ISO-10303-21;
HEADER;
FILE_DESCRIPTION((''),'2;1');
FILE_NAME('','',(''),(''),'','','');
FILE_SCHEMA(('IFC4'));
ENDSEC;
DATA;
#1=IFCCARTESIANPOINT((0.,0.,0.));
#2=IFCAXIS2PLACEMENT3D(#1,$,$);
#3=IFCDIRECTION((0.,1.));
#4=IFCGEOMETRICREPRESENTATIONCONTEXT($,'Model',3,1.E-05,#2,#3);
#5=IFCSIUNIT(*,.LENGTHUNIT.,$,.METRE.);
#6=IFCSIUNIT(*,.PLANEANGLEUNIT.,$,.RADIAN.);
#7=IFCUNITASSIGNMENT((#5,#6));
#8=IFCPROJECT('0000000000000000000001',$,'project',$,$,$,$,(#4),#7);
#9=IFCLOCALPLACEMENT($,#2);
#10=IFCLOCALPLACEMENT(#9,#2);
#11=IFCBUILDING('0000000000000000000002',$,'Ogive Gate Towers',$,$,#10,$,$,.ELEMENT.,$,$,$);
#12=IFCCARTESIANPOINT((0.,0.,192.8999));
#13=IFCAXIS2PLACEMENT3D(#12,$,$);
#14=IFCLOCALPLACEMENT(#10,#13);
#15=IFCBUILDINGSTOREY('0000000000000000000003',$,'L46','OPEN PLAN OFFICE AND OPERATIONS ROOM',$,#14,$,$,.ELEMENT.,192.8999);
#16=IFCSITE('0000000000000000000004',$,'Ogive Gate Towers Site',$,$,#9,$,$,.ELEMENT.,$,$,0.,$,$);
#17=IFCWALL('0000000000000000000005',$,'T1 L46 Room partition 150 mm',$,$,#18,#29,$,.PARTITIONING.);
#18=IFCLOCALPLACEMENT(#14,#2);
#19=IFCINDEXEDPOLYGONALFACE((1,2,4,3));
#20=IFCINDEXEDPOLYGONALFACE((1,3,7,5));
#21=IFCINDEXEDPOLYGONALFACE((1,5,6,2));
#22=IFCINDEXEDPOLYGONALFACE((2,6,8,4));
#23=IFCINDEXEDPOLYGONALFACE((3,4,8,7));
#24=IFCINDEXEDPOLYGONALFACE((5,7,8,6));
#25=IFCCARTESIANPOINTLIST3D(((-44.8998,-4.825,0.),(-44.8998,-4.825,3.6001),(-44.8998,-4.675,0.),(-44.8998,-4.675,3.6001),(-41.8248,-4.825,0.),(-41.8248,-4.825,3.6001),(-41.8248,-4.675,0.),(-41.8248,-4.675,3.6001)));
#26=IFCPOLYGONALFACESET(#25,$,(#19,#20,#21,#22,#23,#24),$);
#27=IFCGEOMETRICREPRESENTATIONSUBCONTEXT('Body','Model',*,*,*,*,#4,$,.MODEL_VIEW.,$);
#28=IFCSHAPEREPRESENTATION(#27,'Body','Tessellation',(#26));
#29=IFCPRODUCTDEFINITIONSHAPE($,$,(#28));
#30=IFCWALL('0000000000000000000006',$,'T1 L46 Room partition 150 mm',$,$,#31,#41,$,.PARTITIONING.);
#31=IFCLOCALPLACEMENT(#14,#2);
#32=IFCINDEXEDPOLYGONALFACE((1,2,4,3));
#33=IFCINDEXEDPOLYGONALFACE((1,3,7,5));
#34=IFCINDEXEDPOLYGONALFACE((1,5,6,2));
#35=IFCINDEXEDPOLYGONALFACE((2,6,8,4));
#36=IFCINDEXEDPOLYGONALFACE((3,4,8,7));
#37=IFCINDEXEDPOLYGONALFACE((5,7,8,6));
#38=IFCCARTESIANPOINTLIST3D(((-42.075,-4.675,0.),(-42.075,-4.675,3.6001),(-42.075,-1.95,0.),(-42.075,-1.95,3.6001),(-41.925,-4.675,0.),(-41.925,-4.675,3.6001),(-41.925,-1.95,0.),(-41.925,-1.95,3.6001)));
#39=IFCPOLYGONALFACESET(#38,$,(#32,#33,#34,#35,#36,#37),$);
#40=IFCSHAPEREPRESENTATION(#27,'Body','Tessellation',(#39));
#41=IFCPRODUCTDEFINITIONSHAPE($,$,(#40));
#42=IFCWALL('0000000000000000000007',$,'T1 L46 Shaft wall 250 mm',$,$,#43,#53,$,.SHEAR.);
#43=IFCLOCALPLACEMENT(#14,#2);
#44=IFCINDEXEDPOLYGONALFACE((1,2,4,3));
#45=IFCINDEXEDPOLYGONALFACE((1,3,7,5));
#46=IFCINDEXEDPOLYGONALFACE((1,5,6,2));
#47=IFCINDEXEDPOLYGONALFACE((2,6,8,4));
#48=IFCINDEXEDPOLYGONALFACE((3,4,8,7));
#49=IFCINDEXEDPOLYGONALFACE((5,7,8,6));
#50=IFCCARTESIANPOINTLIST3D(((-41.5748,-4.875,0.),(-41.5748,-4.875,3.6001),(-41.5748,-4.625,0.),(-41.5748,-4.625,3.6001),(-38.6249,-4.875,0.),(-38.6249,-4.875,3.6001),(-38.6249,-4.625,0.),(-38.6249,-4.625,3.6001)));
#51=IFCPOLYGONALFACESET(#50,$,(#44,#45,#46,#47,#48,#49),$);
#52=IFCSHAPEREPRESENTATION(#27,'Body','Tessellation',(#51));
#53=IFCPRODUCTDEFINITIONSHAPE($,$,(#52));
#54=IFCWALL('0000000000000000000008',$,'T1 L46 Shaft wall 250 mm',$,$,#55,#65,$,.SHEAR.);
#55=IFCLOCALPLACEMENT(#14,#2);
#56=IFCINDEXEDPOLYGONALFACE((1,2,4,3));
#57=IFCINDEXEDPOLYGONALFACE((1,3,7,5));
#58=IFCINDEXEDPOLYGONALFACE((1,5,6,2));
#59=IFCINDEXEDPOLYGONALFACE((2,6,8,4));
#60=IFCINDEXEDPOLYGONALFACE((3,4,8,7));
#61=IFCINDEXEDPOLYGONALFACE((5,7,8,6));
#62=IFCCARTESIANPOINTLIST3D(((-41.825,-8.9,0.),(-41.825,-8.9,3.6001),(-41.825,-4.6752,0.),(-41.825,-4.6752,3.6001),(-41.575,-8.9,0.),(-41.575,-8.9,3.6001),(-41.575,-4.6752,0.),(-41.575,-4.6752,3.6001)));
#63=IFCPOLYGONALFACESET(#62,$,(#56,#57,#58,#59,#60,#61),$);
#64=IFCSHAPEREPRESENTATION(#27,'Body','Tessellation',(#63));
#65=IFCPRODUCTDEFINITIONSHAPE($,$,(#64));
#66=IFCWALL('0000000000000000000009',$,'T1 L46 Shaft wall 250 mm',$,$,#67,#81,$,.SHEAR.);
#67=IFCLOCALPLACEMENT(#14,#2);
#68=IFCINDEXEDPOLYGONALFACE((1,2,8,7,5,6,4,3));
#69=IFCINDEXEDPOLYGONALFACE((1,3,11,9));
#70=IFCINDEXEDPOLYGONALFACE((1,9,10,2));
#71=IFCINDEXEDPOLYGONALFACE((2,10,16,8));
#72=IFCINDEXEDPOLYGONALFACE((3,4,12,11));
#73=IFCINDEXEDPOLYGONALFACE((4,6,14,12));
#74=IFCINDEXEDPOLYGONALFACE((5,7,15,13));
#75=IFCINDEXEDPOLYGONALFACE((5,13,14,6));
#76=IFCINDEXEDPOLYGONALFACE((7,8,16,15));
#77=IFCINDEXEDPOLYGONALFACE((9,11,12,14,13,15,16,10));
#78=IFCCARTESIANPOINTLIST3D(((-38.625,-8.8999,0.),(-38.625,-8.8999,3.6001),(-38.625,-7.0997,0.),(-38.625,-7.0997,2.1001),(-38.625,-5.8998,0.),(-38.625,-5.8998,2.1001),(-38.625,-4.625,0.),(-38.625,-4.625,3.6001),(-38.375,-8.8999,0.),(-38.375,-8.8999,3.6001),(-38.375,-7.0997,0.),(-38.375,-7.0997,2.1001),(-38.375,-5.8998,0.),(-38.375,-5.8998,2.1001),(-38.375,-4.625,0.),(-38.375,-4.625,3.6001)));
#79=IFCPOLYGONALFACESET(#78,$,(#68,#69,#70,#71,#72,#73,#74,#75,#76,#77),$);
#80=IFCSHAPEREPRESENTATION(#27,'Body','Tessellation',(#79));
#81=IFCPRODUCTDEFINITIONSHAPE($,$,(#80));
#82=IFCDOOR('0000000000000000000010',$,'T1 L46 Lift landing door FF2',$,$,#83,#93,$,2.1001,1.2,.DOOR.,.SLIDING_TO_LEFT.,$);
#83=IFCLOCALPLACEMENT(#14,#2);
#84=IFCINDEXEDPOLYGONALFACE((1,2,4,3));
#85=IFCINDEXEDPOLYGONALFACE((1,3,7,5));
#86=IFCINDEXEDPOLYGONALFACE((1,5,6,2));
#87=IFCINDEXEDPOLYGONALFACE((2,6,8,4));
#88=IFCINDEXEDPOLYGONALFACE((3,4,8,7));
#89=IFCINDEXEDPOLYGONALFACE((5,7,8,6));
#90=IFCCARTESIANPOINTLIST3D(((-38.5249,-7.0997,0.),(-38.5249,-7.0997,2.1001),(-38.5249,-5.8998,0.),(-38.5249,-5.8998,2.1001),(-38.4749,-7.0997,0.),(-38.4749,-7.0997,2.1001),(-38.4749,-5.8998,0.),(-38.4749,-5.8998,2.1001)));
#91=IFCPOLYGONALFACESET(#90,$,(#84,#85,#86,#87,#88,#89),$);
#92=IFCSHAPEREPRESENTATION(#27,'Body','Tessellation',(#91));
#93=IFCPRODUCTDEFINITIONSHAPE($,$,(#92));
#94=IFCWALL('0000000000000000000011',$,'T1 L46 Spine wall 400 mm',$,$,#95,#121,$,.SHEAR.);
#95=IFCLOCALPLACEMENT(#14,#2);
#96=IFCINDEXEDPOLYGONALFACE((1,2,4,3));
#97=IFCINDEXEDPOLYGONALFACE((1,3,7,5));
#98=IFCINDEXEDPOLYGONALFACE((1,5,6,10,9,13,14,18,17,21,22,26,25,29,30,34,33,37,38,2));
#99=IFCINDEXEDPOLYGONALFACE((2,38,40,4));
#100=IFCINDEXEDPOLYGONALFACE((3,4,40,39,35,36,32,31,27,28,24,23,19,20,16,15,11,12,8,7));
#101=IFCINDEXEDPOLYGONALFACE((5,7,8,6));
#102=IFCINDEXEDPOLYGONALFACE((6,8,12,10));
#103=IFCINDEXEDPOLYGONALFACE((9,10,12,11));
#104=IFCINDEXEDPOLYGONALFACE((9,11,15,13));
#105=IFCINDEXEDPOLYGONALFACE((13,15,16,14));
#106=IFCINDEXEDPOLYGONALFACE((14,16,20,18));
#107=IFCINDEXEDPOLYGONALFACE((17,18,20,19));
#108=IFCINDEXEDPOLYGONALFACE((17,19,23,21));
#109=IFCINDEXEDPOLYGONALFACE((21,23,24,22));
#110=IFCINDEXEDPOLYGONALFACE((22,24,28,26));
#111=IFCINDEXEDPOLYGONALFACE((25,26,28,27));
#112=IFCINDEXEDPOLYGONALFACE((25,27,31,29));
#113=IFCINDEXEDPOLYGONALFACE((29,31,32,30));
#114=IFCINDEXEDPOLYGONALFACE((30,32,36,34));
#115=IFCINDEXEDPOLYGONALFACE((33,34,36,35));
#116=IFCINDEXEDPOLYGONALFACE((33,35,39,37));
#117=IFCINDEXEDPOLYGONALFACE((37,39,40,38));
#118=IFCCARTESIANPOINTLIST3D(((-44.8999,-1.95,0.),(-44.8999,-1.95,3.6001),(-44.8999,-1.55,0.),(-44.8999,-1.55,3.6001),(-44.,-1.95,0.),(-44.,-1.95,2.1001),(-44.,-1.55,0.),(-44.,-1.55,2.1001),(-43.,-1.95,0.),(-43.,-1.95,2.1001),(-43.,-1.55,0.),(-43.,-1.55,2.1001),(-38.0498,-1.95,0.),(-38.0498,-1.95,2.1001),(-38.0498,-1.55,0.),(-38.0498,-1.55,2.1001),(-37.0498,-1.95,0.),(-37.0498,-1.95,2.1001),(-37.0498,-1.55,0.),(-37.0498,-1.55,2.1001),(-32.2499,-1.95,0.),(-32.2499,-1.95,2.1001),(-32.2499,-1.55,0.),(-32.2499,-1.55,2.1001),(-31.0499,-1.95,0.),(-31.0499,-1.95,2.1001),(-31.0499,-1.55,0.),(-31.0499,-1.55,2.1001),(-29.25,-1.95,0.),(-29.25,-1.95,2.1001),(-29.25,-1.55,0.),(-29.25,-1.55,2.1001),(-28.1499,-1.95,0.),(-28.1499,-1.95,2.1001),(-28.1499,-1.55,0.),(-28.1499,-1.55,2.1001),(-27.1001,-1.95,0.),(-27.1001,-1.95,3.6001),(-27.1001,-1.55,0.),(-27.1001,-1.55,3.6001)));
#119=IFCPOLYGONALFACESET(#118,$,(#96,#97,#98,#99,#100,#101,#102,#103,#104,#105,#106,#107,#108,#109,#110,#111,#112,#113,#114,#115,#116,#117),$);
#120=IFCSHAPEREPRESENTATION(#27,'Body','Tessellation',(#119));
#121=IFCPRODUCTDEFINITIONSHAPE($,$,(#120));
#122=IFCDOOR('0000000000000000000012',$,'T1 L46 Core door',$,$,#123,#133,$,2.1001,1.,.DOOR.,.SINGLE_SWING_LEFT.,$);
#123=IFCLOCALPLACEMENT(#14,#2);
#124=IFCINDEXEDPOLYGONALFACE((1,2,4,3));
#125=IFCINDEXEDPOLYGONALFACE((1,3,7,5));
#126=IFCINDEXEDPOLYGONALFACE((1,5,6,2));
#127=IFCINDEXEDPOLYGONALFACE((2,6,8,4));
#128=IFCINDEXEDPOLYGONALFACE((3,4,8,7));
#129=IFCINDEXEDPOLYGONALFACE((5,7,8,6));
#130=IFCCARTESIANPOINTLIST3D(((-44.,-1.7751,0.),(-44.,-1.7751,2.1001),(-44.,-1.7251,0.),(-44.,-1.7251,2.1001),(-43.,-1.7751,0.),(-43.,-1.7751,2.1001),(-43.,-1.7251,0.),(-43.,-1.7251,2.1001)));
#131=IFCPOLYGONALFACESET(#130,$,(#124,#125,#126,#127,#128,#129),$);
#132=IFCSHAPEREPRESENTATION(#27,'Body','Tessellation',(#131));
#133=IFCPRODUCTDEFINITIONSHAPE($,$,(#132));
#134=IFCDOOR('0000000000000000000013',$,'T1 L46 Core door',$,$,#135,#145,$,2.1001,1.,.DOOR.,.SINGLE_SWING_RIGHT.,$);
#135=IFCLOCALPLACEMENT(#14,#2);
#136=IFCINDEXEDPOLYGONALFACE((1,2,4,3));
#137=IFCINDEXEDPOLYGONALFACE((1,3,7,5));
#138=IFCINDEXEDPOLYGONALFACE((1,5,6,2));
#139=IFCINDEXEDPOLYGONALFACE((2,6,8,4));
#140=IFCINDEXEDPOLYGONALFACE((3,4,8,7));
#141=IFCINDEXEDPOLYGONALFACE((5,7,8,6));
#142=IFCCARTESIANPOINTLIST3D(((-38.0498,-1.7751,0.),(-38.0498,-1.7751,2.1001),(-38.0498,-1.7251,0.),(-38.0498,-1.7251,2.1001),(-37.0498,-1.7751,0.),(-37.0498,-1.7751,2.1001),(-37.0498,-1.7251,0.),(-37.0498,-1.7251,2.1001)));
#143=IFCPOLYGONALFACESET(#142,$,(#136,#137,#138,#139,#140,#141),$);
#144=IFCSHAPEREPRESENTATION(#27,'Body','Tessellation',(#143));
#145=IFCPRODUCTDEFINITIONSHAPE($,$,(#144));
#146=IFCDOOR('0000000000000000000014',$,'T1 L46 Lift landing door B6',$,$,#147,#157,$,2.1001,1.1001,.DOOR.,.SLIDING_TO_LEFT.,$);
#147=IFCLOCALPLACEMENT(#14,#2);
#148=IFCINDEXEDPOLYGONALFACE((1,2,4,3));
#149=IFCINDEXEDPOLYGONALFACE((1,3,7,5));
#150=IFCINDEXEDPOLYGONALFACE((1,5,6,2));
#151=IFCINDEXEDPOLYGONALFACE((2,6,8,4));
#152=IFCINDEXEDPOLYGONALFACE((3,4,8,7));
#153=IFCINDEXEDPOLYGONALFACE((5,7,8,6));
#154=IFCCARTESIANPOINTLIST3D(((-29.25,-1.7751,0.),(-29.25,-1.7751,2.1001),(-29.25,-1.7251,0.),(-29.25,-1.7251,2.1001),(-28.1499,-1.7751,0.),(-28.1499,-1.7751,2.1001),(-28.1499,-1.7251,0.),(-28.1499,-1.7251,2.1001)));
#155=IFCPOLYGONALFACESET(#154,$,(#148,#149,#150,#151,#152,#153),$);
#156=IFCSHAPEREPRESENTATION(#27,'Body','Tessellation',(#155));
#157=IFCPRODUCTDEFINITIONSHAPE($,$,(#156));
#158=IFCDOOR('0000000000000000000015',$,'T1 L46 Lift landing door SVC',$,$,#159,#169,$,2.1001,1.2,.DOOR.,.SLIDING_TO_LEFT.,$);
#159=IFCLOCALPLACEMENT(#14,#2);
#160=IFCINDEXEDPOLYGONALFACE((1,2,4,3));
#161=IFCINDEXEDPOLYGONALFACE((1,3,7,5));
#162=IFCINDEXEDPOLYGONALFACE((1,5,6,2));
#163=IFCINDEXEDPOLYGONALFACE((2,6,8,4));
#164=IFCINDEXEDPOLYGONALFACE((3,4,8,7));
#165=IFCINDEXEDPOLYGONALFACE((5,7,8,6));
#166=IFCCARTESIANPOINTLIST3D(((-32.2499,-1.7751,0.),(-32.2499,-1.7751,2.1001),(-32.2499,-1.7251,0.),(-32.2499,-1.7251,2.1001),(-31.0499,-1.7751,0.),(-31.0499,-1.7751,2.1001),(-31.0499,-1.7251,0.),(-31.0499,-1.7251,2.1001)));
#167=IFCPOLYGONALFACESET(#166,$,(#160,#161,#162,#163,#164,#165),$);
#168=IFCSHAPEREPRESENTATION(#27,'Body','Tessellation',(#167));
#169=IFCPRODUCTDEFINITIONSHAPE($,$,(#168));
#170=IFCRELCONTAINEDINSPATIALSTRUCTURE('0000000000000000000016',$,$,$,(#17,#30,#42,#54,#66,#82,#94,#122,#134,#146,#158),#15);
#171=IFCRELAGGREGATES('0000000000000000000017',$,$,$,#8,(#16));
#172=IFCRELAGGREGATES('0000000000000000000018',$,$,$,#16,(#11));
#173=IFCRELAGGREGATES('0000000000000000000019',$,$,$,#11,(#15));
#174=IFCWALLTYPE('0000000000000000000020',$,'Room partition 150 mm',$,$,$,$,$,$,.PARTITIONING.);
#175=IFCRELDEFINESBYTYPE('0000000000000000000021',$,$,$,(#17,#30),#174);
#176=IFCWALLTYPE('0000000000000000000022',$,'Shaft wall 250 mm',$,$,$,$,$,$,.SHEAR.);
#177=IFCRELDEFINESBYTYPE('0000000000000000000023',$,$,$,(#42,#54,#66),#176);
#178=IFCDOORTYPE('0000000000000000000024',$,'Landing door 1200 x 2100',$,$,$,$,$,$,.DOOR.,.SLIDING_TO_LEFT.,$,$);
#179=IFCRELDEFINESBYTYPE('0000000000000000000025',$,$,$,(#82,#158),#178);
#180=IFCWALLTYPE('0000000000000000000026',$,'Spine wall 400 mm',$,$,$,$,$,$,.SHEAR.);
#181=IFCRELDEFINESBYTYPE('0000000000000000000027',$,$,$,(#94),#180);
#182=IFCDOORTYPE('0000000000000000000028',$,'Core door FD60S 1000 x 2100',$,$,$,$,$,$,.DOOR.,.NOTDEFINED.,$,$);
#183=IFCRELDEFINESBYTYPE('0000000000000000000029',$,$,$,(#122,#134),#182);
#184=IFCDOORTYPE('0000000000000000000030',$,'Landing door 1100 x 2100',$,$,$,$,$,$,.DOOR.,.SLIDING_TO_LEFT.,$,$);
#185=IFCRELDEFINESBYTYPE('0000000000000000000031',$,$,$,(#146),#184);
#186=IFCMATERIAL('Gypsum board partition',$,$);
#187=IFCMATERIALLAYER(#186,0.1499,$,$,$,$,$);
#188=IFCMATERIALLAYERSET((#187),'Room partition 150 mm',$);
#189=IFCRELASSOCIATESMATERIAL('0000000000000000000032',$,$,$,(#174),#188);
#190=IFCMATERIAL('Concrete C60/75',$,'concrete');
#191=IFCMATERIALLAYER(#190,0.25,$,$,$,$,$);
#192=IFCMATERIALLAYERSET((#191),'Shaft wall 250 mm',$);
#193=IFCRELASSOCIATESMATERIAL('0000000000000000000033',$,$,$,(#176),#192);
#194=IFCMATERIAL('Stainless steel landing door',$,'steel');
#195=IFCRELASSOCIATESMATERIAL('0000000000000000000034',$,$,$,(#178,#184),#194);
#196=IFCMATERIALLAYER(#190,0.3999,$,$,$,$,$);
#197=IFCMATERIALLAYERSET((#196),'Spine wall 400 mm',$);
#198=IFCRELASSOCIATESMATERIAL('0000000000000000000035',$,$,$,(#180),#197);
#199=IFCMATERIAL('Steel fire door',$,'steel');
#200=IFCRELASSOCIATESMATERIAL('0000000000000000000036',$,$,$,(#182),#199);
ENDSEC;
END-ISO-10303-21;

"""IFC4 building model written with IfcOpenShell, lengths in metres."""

from ifc_helpers import new_model, si_unit, direction, frame, frame_2d, origin, place, context, subcontext, project, spatial, rectangle, extrude, material, layer, layer_set, type_object, element, fill, save


model = new_model("IFC4")

# Units and contexts
model_context = context("Model", 3, precision=1e-05, world=origin(), true_north=direction((0.0, 1.0)))
body_context = subcontext(model_context, "Body", "Model", "MODEL_VIEW")
ifc_project = project(units=[si_unit("LENGTHUNIT", "METRE"), si_unit("PLANEANGLEUNIT", "RADIAN")], contexts=[model_context])

# Site, building, storey
site_placement = place(None, origin())
site = spatial("IfcSite", under=ifc_project, at=site_placement, Name="Ogive Gate Towers Site", CompositionType="ELEMENT", RefElevation=0.0)
building_placement = place(site_placement, origin())
building = spatial("IfcBuilding", under=site, at=building_placement, Name="Ogive Gate Towers", CompositionType="ELEMENT")
storey_placement = place(building_placement, frame((0.0, 0.0, 192.8999)))
storey = spatial("IfcBuildingStorey", under=building, at=storey_placement, Name="L46", Description="OPEN PLAN OFFICE AND OPERATIONS ROOM", CompositionType="ELEMENT", Elevation=192.8999)

# Shared definitions
ifc_material_1 = material(Name="Gypsum board partition")

# Walls
ifc_layer_1 = layer(ifc_material_1, 0.1499)
ifc_layer_set_1 = layer_set([ifc_layer_1], Name="Room partition 150 mm")
wall_type_1 = type_object("IfcWallType", Name="Room partition 150 mm", PredefinedType="PARTITIONING", material=ifc_layer_set_1)
wall_1_placement = place(storey_placement, frame((-44.8999, -4.75, 0.0), z_axis=(0.0, 0.0, 1.0), x_axis=(1.0, 0.0, 0.0)))
element("IfcWall", 1, at=wall_1_placement, inside=storey, type_object=wall_type_1, Name="T1 L46 Room partition 150 mm", PredefinedType="PARTITIONING", context=body_context, shape_type="SweptSolid", body=[
    extrude(rectangle(XDim=3.075, YDim=0.1499, at=frame_2d((1.5376, 0.0))), origin(), (0.0, 0.0, 1.0), 3.6001),
])
wall_2_placement = place(storey_placement, frame((-42.0, -4.675, 0.0), z_axis=(0.0, 0.0, 1.0), x_axis=(0.0, 1.0, 0.0)))
element("IfcWall", 2, at=wall_2_placement, inside=storey, type_object=wall_type_1, Name="T1 L46 Room partition 150 mm", PredefinedType="PARTITIONING", context=body_context, shape_type="SweptSolid", body=[
    extrude(rectangle(XDim=2.7251, YDim=0.1499, at=frame_2d((1.3625, 0.0))), origin(), (0.0, 0.0, 1.0), 3.6001),
])
ifc_material_2 = material(Name="Concrete C60/75", Category="concrete")
ifc_layer_2 = layer(ifc_material_2, 0.25)
ifc_layer_set_2 = layer_set([ifc_layer_2], Name="Shaft wall 250 mm")
wall_type_2 = type_object("IfcWallType", Name="Shaft wall 250 mm", PredefinedType="SHEAR", material=ifc_layer_set_2)
wall_3_placement = place(storey_placement, frame((-41.575, -4.75, 0.0), z_axis=(0.0, 0.0, 1.0), x_axis=(1.0, 0.0, 0.0)))
element("IfcWall", 3, at=wall_3_placement, inside=storey, type_object=wall_type_2, Name="T1 L46 Shaft wall 250 mm", PredefinedType="SHEAR", context=body_context, shape_type="SweptSolid", body=[
    extrude(rectangle(XDim=2.95, YDim=0.25, at=frame_2d((1.4751, 0.0))), origin(), (0.0, 0.0, 1.0), 3.6001),
])
wall_4_placement = place(storey_placement, frame((-41.7, -8.8999, 0.0), z_axis=(0.0, 0.0, 1.0), x_axis=(0.0, 1.0, 0.0)))
element("IfcWall", 4, at=wall_4_placement, inside=storey, type_object=wall_type_2, Name="T1 L46 Shaft wall 250 mm", PredefinedType="SHEAR", context=body_context, shape_type="SweptSolid", body=[
    extrude(rectangle(XDim=4.2249, YDim=0.25, at=frame_2d((2.1123, 0.0))), origin(), (0.0, 0.0, 1.0), 3.6001),
])

# Wall, opening, door
wall_5_placement = place(storey_placement, frame((-38.5, -8.8999, 0.0), z_axis=(0.0, 0.0, 1.0), x_axis=(0.0, 1.0, 0.0)))
wall_5 = element("IfcWall", 5, at=wall_5_placement, inside=storey, type_object=wall_type_2, Name="T1 L46 Shaft wall 250 mm", PredefinedType="SHEAR", context=body_context, shape_type="SweptSolid", body=[
    extrude(rectangle(XDim=4.2749, YDim=0.25, at=frame_2d((2.1375, 0.0))), origin(), (0.0, 0.0, 1.0), 3.6001),
])
opening_1_placement = place(wall_5_placement, frame((1.8, 0.0, 0.0)))
opening_1 = element("IfcOpeningElement", 6, at=opening_1_placement, cuts=wall_5, PredefinedType="OPENING", context=body_context, shape_type="SweptSolid", body=[
    extrude(rectangle(XDim=1.2, YDim=2.1001, at=frame_2d((0.6001, 1.05))), frame((0.0, 0.135, 0.0), z_axis=(0.0, -1.0, 0.0), x_axis=(1.0, 0.0, 0.0)), (0.0, 0.0, 1.0), 0.27),
])
ifc_material_3 = material(Name="Stainless steel landing door", Category="steel")
door_type_1 = type_object("IfcDoorType", Name="Landing door 1200 x 2100", OperationType="SLIDING_TO_LEFT", PredefinedType="DOOR", material=ifc_material_3)
door_1_placement = place(opening_1_placement, origin())
door_1 = element("IfcDoor", 7, at=door_1_placement, inside=storey, type_object=door_type_1, Name="T1 L46 Lift landing door FF2", OperationType="SLIDING_TO_LEFT", OverallHeight=2.1001, OverallWidth=1.2, PredefinedType="DOOR", context=body_context, shape_type="SweptSolid", body=[
    extrude(rectangle(XDim=1.2, YDim=2.1001, at=frame_2d((0.6001, 1.05))), frame((0.0, 0.0249, 0.0), z_axis=(0.0, -1.0, 0.0), x_axis=(1.0, 0.0, 0.0)), (0.0, 0.0, 1.0), 0.05),
])
fill(opening_1, door_1)

# Wall, openings, doors
ifc_layer_3 = layer(ifc_material_2, 0.3999)
ifc_layer_set_3 = layer_set([ifc_layer_3], Name="Spine wall 400 mm")
wall_type_3 = type_object("IfcWallType", Name="Spine wall 400 mm", PredefinedType="SHEAR", material=ifc_layer_set_3)
wall_6_placement = place(storey_placement, frame((-44.8999, -1.75, 0.0), z_axis=(0.0, 0.0, 1.0), x_axis=(1.0, 0.0, 0.0)))
wall_6 = element("IfcWall", 8, at=wall_6_placement, inside=storey, type_object=wall_type_3, Name="T1 L46 Spine wall 400 mm", PredefinedType="SHEAR", context=body_context, shape_type="SweptSolid", body=[
    extrude(rectangle(XDim=17.7998, YDim=0.3999, at=frame_2d((8.8999, 0.0))), origin(), (0.0, 0.0, 1.0), 3.6001),
])
opening_2_placement = place(wall_6_placement, frame((12.6499, 0.0, 0.0)))
opening_2 = element("IfcOpeningElement", 9, at=opening_2_placement, cuts=wall_6, PredefinedType="OPENING", context=body_context, shape_type="SweptSolid", body=[
    extrude(rectangle(XDim=1.2, YDim=2.1001, at=frame_2d((0.6001, 1.05))), frame((0.0, 0.21, 0.0), z_axis=(0.0, -1.0, 0.0), x_axis=(1.0, 0.0, 0.0)), (0.0, 0.0, 1.0), 0.4199),
])
opening_3_placement = place(wall_6_placement, frame((15.6499, 0.0, 0.0)))
opening_3 = element("IfcOpeningElement", 10, at=opening_3_placement, cuts=wall_6, PredefinedType="OPENING", context=body_context, shape_type="SweptSolid", body=[
    extrude(rectangle(XDim=1.1001, YDim=2.1001, at=frame_2d((0.55, 1.05))), frame((0.0, 0.21, 0.0), z_axis=(0.0, -1.0, 0.0), x_axis=(1.0, 0.0, 0.0)), (0.0, 0.0, 1.0), 0.4199),
])
opening_4_placement = place(wall_6_placement, frame((0.8999, 0.0, 0.0)))
opening_4 = element("IfcOpeningElement", 11, at=opening_4_placement, cuts=wall_6, PredefinedType="OPENING", context=body_context, shape_type="SweptSolid", body=[
    extrude(rectangle(XDim=1.0, YDim=2.1001, at=frame_2d((0.5, 1.05))), frame((0.0, 0.21, 0.0), z_axis=(0.0, -1.0, 0.0), x_axis=(1.0, 0.0, 0.0)), (0.0, 0.0, 1.0), 0.4199),
])
opening_5_placement = place(wall_6_placement, frame((6.8501, 0.0, 0.0)))
opening_5 = element("IfcOpeningElement", 12, at=opening_5_placement, cuts=wall_6, PredefinedType="OPENING", context=body_context, shape_type="SweptSolid", body=[
    extrude(rectangle(XDim=1.0, YDim=2.1001, at=frame_2d((0.5, 1.05))), frame((0.0, 0.21, 0.0), z_axis=(0.0, -1.0, 0.0), x_axis=(1.0, 0.0, 0.0)), (0.0, 0.0, 1.0), 0.4199),
])
ifc_material_4 = material(Name="Steel fire door", Category="steel")
door_type_2 = type_object("IfcDoorType", Name="Core door FD60S 1000 x 2100", OperationType="NOTDEFINED", PredefinedType="DOOR", material=ifc_material_4)
door_2_placement = place(opening_4_placement, origin())
door_2 = element("IfcDoor", 13, at=door_2_placement, inside=storey, type_object=door_type_2, Name="T1 L46 Core door", OperationType="SINGLE_SWING_LEFT", OverallHeight=2.1001, OverallWidth=1.0, PredefinedType="DOOR", context=body_context, shape_type="SweptSolid", body=[
    extrude(rectangle(XDim=1.0, YDim=2.1001, at=frame_2d((0.5, 1.05))), frame((0.0, 0.0249, 0.0), z_axis=(0.0, -1.0, 0.0), x_axis=(1.0, 0.0, 0.0)), (0.0, 0.0, 1.0), 0.05),
])
fill(opening_4, door_2)
door_3_placement = place(opening_5_placement, origin())
door_3 = element("IfcDoor", 14, at=door_3_placement, inside=storey, type_object=door_type_2, Name="T1 L46 Core door", OperationType="SINGLE_SWING_RIGHT", OverallHeight=2.1001, OverallWidth=1.0, PredefinedType="DOOR", context=body_context, shape_type="SweptSolid", body=[
    extrude(rectangle(XDim=1.0, YDim=2.1001, at=frame_2d((0.5, 1.05))), frame((0.0, 0.0249, 0.0), z_axis=(0.0, -1.0, 0.0), x_axis=(1.0, 0.0, 0.0)), (0.0, 0.0, 1.0), 0.05),
])
fill(opening_5, door_3)
door_type_3 = type_object("IfcDoorType", Name="Landing door 1100 x 2100", OperationType="SLIDING_TO_LEFT", PredefinedType="DOOR", material=ifc_material_3)
door_4_placement = place(opening_3_placement, origin())
door_4 = element("IfcDoor", 15, at=door_4_placement, inside=storey, type_object=door_type_3, Name="T1 L46 Lift landing door B6", OperationType="SLIDING_TO_LEFT", OverallHeight=2.1001, OverallWidth=1.1001, PredefinedType="DOOR", context=body_context, shape_type="SweptSolid", body=[
    extrude(rectangle(XDim=1.1001, YDim=2.1001, at=frame_2d((0.55, 1.05))), frame((0.0, 0.0249, 0.0), z_axis=(0.0, -1.0, 0.0), x_axis=(1.0, 0.0, 0.0)), (0.0, 0.0, 1.0), 0.05),
])
fill(opening_3, door_4)
door_5_placement = place(opening_2_placement, origin())
door_5 = element("IfcDoor", 16, at=door_5_placement, inside=storey, type_object=door_type_1, Name="T1 L46 Lift landing door SVC", OperationType="SLIDING_TO_LEFT", OverallHeight=2.1001, OverallWidth=1.2, PredefinedType="DOOR", context=body_context, shape_type="SweptSolid", body=[
    extrude(rectangle(XDim=1.2, YDim=2.1001, at=frame_2d((0.6001, 1.05))), frame((0.0, 0.0249, 0.0), z_axis=(0.0, -1.0, 0.0), x_axis=(1.0, 0.0, 0.0)), (0.0, 0.0, 1.0), 0.05),
])
fill(opening_2, door_5)

save(model, "model.ifc")
